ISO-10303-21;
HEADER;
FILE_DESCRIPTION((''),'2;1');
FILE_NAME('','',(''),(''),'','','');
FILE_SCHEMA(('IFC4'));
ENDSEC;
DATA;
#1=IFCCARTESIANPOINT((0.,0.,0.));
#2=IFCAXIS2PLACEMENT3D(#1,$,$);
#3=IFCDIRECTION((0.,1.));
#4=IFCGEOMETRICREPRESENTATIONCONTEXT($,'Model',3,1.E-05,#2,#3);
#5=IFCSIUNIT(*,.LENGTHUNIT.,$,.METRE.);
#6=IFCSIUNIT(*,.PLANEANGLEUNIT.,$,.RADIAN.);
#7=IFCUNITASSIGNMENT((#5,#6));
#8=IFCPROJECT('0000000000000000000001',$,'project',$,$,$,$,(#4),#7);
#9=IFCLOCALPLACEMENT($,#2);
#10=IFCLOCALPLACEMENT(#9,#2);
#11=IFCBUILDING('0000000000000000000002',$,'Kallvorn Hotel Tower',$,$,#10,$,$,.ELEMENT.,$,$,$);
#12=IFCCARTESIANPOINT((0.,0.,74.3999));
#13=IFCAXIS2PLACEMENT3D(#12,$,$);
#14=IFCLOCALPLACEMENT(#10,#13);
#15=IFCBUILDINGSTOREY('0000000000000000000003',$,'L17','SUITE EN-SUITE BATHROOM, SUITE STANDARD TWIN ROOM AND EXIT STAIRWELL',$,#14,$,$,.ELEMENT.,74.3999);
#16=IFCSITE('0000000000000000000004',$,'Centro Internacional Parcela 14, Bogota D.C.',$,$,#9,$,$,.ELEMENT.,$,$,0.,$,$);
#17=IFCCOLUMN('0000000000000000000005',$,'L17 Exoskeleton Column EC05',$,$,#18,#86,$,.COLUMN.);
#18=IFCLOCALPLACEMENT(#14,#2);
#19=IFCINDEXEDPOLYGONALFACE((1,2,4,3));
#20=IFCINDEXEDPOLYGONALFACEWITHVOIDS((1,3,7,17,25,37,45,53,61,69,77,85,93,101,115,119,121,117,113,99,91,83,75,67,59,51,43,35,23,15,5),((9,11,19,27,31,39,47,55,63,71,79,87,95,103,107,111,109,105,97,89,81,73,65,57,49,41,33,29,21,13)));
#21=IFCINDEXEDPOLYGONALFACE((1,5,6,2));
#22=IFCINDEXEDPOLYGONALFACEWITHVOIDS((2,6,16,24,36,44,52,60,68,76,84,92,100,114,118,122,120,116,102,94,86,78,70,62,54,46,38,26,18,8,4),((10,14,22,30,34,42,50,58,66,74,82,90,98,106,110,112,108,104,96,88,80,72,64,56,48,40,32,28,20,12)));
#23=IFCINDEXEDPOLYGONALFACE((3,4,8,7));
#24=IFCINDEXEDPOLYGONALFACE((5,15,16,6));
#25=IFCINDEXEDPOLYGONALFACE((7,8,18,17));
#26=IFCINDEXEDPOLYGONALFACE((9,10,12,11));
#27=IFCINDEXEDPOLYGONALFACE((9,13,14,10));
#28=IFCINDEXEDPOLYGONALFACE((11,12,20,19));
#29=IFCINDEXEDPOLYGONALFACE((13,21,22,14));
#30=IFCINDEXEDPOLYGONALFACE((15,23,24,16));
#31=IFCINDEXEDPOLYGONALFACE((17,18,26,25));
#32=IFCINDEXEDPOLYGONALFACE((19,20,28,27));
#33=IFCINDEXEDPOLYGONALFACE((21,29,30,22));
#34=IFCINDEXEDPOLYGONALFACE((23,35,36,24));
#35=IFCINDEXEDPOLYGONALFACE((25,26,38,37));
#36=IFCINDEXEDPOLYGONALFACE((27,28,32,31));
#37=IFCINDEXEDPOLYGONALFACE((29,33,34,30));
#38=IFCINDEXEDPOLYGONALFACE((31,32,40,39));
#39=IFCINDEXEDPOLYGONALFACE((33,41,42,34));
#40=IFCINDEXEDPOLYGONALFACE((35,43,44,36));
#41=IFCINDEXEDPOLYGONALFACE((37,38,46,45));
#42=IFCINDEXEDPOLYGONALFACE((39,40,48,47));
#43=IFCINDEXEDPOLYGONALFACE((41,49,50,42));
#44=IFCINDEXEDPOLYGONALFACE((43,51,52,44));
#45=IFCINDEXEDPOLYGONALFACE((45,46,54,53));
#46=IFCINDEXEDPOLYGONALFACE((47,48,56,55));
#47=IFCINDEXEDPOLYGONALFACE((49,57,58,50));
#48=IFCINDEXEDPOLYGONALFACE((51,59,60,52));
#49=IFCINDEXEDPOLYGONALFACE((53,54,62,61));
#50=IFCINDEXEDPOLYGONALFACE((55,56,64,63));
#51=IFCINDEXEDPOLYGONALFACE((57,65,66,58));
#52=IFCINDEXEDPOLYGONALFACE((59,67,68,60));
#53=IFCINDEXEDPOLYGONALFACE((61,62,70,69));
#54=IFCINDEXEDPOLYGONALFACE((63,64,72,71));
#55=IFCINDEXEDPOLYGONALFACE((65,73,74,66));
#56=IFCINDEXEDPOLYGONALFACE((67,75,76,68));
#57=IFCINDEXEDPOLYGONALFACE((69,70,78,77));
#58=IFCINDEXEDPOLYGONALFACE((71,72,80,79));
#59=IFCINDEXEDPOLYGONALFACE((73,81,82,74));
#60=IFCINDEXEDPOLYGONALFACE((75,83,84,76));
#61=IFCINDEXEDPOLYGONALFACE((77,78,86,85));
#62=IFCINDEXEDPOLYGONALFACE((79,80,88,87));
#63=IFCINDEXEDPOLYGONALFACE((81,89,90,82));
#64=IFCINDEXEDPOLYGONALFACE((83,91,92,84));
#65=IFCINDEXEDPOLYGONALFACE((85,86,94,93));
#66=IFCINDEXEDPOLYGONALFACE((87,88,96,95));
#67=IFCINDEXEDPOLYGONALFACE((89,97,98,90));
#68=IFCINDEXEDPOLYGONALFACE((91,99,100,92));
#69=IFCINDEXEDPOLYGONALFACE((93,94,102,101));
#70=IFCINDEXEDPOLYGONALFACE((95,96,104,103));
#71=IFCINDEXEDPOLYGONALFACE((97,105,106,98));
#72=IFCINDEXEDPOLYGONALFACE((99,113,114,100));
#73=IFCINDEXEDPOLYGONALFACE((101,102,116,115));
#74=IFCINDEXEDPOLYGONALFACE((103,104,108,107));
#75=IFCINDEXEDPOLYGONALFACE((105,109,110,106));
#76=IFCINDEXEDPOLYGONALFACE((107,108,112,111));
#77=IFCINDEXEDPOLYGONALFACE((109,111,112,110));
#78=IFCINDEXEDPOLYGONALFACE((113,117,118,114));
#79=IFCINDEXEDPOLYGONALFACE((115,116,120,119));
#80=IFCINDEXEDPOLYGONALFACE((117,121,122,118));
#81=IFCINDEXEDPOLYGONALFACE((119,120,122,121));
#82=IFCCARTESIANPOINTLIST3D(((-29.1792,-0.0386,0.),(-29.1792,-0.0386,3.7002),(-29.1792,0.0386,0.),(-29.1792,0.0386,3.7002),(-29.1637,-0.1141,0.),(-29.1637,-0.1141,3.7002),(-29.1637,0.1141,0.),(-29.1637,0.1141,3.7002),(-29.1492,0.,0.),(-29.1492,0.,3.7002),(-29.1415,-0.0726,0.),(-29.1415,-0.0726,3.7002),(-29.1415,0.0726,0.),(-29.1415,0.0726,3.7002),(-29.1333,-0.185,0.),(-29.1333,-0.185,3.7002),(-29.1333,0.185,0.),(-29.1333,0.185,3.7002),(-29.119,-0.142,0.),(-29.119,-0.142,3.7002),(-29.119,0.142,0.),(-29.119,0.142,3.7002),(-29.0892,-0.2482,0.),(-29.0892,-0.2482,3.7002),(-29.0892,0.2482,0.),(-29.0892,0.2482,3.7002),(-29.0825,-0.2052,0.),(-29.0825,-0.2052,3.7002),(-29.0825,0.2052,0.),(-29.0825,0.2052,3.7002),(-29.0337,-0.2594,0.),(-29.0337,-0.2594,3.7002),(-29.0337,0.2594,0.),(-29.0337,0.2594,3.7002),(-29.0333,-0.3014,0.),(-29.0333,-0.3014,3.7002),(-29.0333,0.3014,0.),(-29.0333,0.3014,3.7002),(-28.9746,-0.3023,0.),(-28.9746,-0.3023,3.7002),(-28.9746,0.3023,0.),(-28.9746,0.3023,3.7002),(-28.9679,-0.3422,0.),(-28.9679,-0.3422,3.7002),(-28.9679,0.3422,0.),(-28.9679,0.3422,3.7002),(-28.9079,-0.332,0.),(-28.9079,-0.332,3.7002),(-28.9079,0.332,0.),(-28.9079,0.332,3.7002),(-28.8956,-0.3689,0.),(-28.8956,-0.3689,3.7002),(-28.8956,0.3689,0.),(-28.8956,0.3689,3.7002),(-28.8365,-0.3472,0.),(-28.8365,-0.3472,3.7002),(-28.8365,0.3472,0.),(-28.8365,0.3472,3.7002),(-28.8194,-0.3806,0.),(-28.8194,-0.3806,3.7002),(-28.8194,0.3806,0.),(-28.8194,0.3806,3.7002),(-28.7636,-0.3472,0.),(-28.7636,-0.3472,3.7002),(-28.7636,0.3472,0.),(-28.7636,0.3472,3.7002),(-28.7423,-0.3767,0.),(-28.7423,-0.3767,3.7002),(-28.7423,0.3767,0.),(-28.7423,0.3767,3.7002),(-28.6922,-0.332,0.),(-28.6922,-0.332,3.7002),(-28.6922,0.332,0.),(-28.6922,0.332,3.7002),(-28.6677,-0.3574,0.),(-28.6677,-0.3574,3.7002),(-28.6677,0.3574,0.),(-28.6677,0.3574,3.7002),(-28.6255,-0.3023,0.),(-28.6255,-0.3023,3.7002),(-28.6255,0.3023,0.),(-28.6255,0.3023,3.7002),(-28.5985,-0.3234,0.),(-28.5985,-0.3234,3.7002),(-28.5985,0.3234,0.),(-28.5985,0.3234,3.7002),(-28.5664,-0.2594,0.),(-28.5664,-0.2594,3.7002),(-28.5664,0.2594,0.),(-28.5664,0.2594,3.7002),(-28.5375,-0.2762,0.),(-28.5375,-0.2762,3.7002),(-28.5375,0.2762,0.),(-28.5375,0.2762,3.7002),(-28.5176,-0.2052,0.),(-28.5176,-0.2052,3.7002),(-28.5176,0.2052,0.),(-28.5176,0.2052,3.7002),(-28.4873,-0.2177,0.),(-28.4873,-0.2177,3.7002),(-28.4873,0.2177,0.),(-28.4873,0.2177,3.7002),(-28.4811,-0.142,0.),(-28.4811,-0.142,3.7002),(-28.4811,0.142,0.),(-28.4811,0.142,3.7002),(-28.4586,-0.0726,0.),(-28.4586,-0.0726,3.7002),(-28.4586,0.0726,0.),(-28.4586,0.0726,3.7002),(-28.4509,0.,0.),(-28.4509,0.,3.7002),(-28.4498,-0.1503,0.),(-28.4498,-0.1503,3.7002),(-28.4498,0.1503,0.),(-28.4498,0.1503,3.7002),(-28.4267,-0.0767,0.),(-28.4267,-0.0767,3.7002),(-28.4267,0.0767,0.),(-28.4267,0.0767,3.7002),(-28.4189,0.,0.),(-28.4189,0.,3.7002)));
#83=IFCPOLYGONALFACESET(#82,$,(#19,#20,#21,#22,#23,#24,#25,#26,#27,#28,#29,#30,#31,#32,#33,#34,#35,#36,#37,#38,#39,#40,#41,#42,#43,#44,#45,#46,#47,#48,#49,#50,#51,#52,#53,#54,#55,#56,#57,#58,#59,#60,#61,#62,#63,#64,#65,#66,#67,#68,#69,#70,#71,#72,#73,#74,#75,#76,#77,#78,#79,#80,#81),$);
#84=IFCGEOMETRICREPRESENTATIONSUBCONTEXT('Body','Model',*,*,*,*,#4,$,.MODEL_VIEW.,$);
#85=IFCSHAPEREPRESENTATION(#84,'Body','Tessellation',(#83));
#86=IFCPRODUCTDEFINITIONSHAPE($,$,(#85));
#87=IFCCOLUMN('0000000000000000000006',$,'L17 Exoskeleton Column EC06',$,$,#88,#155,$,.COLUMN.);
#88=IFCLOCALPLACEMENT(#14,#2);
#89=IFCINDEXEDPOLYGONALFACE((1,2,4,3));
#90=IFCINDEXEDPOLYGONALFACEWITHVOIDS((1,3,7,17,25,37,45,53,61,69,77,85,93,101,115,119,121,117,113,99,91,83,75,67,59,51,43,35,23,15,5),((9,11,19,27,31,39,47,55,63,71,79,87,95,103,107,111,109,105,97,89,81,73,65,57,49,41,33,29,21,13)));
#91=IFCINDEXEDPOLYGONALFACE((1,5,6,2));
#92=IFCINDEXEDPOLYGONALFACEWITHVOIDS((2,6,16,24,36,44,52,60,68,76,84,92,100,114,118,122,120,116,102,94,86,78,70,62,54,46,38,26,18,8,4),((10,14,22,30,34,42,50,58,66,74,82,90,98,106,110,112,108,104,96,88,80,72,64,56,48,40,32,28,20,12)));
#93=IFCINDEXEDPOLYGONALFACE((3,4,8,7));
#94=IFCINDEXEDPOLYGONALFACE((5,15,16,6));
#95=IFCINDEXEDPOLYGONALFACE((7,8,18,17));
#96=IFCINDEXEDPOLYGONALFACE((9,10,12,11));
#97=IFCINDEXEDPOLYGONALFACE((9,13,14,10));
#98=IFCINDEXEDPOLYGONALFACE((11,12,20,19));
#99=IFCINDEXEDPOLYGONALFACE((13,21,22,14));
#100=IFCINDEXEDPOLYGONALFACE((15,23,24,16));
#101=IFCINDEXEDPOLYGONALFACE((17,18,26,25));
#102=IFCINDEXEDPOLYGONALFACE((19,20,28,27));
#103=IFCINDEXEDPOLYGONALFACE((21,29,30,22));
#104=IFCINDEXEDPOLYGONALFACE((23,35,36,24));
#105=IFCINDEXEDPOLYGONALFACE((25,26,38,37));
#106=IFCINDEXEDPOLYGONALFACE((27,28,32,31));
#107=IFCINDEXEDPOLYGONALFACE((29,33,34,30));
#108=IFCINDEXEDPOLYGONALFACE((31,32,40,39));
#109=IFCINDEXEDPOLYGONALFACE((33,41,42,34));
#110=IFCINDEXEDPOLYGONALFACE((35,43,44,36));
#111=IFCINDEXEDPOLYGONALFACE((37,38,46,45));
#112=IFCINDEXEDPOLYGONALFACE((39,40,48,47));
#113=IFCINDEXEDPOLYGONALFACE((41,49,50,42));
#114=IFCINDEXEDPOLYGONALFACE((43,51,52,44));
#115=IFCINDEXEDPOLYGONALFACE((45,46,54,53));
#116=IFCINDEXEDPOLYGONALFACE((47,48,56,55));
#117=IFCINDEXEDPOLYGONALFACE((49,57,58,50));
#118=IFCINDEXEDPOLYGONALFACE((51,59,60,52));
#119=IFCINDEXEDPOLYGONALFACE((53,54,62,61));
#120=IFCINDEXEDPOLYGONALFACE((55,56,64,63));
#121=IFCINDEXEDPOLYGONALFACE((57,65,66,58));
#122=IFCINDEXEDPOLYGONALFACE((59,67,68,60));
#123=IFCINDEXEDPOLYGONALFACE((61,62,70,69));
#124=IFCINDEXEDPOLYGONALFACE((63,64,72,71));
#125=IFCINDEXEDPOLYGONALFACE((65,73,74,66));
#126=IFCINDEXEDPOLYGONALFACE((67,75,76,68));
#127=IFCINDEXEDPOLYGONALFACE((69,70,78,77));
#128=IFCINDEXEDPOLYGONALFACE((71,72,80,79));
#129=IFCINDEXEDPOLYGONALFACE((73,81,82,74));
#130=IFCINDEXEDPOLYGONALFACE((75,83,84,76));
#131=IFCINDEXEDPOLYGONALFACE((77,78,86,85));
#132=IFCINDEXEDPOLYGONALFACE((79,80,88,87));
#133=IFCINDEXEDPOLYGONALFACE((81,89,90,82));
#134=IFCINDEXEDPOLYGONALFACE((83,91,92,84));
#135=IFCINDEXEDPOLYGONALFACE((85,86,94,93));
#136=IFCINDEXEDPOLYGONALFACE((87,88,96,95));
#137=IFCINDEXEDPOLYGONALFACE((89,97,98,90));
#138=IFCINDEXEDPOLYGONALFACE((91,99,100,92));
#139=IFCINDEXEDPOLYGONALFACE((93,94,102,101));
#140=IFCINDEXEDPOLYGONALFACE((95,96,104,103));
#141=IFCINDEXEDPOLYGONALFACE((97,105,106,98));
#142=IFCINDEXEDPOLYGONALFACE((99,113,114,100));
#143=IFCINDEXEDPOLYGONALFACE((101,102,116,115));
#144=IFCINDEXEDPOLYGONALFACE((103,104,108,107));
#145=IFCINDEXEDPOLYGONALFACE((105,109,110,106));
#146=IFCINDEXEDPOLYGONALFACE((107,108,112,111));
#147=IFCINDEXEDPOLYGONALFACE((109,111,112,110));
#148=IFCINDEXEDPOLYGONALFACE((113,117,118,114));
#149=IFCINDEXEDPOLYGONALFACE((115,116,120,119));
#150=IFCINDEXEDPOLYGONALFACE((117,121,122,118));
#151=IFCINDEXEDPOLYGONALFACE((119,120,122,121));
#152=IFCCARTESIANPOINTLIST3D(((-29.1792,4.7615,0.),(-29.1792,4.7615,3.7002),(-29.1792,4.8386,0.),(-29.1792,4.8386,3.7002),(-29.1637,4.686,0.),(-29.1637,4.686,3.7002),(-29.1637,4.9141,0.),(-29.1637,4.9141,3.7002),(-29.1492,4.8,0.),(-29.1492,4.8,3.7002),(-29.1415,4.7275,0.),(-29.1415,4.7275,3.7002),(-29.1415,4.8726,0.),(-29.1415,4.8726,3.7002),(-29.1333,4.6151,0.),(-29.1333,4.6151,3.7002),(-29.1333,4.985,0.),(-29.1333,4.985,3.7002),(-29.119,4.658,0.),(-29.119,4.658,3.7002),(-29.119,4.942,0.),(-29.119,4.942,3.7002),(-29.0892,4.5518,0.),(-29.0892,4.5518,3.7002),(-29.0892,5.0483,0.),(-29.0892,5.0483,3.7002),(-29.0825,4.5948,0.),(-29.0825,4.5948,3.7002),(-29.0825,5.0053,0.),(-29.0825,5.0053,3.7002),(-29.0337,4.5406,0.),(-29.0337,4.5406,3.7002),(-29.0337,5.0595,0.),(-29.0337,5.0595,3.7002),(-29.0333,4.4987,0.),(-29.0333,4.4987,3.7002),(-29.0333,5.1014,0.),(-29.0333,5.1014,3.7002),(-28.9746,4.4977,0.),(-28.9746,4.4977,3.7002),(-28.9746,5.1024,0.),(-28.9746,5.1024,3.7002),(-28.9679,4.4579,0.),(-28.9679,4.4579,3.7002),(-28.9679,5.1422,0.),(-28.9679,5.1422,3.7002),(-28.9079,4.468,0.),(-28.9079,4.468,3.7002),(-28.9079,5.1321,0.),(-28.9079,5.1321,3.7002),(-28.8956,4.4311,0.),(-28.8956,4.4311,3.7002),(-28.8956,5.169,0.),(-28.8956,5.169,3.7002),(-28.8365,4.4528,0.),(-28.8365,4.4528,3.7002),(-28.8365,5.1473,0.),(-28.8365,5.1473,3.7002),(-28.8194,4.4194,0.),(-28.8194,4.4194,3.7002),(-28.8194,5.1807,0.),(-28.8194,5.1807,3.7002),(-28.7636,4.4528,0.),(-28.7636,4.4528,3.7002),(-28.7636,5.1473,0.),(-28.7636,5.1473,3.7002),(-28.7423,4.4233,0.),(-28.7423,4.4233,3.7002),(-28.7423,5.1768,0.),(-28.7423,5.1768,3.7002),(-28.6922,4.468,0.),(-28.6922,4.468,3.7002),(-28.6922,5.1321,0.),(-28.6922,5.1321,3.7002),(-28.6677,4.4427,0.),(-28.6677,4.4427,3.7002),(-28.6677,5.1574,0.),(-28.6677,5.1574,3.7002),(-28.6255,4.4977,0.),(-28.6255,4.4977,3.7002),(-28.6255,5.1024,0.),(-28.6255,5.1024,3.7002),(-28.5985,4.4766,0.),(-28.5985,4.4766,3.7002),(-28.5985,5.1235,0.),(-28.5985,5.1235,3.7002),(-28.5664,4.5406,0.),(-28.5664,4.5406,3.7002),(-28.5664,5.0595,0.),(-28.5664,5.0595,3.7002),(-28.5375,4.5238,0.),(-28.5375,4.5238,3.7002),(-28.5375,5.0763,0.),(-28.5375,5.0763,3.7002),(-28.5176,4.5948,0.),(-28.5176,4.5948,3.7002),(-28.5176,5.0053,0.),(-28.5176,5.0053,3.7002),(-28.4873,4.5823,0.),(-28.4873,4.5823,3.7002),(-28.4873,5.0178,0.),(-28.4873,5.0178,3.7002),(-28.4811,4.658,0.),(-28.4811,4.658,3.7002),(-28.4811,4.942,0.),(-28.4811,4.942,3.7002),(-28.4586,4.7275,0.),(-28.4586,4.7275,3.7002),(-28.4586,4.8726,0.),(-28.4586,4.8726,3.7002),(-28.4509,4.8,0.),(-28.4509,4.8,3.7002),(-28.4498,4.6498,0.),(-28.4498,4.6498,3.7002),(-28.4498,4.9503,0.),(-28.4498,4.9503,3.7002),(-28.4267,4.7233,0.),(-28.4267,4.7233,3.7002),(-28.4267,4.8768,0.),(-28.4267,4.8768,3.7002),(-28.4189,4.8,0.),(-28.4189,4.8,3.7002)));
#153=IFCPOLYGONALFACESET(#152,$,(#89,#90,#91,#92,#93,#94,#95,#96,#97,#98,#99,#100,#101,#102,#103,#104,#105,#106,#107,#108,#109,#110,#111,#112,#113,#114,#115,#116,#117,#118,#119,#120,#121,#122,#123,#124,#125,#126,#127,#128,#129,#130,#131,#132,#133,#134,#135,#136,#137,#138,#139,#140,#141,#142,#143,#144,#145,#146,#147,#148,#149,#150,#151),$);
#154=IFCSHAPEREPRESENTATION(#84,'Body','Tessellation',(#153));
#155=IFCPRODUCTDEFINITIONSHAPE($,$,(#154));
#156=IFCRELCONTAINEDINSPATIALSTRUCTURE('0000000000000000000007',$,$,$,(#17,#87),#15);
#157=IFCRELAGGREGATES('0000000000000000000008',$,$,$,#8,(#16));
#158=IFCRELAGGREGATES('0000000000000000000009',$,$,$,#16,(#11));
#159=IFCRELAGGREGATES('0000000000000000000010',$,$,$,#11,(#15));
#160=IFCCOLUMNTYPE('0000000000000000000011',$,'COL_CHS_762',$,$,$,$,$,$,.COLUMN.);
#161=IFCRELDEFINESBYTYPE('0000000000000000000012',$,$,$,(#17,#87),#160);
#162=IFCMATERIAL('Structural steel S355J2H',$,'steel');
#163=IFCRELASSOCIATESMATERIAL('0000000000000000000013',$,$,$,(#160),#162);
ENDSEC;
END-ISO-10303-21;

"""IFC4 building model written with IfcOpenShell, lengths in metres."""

from ifc_helpers import new_model, si_unit, direction, frame, origin, origin_2d, place, context, subcontext, project, spatial, hollow_circle, extrude, material, material_profile, profile_set, type_object, element, save


model = new_model("IFC4")

# Units and contexts
model_context = context("Model", 3, precision=1e-05, world=origin(), true_north=direction((0.0, 1.0)))
body_context = subcontext(model_context, "Body", "Model", "MODEL_VIEW")
ifc_project = project(units=[si_unit("LENGTHUNIT", "METRE"), si_unit("PLANEANGLEUNIT", "RADIAN")], contexts=[model_context])

# Site, building, storey
site_placement = place(None, origin())
site = spatial("IfcSite", under=ifc_project, at=site_placement, Name="Centro Internacional Parcela 14, Bogota D.C.", CompositionType="ELEMENT", RefElevation=0.0)
building_placement = place(site_placement, origin())
building = spatial("IfcBuilding", under=site, at=building_placement, Name="Kallvorn Hotel Tower", CompositionType="ELEMENT")
storey_placement = place(building_placement, frame((0.0, 0.0, 74.3999)))
storey = spatial("IfcBuildingStorey", under=building, at=storey_placement, Name="L17", Description="SUITE EN-SUITE BATHROOM, SUITE STANDARD TWIN ROOM AND EXIT STAIRWELL", CompositionType="ELEMENT", Elevation=74.3999)

# Columns
ifc_material_1 = material(Name="Structural steel S355J2H", Category="steel")
ifc_material_profile_1 = material_profile(ifc_material_1, hollow_circle(Radius=0.3811, WallThickness=0.032, at=origin_2d()), Name="CHS 762x32")
ifc_profile_set_1 = profile_set([ifc_material_profile_1], Name="Structural steel S355J2H")
column_type = type_object("IfcColumnType", Name="COL_CHS_762", PredefinedType="COLUMN", material=ifc_profile_set_1)
for number, where, z_axis, x_axis, name in (
    (1, (-28.8, 0.0, 0.0), (0.0, 0.0, 1.0), (1.0, 0.0, 0.0), "L17 Exoskeleton Column EC05"),
    (2, (-28.8, 4.8, 0.0), (0.0, 0.0, 1.0), (1.0, 0.0, 0.0), "L17 Exoskeleton Column EC06"),
):
    element("IfcColumn", number, at=place(storey_placement, frame(where, z_axis=z_axis, x_axis=x_axis)), inside=storey, type_object=column_type, Name=name, PredefinedType="COLUMN", context=body_context, shape_type="SweptSolid", body=[
        extrude(hollow_circle(Radius=0.3811, WallThickness=0.032, at=origin_2d()), origin(), (0.0, 0.0, 1.0), 3.7002),
    ])

save(model, "model.ifc")
